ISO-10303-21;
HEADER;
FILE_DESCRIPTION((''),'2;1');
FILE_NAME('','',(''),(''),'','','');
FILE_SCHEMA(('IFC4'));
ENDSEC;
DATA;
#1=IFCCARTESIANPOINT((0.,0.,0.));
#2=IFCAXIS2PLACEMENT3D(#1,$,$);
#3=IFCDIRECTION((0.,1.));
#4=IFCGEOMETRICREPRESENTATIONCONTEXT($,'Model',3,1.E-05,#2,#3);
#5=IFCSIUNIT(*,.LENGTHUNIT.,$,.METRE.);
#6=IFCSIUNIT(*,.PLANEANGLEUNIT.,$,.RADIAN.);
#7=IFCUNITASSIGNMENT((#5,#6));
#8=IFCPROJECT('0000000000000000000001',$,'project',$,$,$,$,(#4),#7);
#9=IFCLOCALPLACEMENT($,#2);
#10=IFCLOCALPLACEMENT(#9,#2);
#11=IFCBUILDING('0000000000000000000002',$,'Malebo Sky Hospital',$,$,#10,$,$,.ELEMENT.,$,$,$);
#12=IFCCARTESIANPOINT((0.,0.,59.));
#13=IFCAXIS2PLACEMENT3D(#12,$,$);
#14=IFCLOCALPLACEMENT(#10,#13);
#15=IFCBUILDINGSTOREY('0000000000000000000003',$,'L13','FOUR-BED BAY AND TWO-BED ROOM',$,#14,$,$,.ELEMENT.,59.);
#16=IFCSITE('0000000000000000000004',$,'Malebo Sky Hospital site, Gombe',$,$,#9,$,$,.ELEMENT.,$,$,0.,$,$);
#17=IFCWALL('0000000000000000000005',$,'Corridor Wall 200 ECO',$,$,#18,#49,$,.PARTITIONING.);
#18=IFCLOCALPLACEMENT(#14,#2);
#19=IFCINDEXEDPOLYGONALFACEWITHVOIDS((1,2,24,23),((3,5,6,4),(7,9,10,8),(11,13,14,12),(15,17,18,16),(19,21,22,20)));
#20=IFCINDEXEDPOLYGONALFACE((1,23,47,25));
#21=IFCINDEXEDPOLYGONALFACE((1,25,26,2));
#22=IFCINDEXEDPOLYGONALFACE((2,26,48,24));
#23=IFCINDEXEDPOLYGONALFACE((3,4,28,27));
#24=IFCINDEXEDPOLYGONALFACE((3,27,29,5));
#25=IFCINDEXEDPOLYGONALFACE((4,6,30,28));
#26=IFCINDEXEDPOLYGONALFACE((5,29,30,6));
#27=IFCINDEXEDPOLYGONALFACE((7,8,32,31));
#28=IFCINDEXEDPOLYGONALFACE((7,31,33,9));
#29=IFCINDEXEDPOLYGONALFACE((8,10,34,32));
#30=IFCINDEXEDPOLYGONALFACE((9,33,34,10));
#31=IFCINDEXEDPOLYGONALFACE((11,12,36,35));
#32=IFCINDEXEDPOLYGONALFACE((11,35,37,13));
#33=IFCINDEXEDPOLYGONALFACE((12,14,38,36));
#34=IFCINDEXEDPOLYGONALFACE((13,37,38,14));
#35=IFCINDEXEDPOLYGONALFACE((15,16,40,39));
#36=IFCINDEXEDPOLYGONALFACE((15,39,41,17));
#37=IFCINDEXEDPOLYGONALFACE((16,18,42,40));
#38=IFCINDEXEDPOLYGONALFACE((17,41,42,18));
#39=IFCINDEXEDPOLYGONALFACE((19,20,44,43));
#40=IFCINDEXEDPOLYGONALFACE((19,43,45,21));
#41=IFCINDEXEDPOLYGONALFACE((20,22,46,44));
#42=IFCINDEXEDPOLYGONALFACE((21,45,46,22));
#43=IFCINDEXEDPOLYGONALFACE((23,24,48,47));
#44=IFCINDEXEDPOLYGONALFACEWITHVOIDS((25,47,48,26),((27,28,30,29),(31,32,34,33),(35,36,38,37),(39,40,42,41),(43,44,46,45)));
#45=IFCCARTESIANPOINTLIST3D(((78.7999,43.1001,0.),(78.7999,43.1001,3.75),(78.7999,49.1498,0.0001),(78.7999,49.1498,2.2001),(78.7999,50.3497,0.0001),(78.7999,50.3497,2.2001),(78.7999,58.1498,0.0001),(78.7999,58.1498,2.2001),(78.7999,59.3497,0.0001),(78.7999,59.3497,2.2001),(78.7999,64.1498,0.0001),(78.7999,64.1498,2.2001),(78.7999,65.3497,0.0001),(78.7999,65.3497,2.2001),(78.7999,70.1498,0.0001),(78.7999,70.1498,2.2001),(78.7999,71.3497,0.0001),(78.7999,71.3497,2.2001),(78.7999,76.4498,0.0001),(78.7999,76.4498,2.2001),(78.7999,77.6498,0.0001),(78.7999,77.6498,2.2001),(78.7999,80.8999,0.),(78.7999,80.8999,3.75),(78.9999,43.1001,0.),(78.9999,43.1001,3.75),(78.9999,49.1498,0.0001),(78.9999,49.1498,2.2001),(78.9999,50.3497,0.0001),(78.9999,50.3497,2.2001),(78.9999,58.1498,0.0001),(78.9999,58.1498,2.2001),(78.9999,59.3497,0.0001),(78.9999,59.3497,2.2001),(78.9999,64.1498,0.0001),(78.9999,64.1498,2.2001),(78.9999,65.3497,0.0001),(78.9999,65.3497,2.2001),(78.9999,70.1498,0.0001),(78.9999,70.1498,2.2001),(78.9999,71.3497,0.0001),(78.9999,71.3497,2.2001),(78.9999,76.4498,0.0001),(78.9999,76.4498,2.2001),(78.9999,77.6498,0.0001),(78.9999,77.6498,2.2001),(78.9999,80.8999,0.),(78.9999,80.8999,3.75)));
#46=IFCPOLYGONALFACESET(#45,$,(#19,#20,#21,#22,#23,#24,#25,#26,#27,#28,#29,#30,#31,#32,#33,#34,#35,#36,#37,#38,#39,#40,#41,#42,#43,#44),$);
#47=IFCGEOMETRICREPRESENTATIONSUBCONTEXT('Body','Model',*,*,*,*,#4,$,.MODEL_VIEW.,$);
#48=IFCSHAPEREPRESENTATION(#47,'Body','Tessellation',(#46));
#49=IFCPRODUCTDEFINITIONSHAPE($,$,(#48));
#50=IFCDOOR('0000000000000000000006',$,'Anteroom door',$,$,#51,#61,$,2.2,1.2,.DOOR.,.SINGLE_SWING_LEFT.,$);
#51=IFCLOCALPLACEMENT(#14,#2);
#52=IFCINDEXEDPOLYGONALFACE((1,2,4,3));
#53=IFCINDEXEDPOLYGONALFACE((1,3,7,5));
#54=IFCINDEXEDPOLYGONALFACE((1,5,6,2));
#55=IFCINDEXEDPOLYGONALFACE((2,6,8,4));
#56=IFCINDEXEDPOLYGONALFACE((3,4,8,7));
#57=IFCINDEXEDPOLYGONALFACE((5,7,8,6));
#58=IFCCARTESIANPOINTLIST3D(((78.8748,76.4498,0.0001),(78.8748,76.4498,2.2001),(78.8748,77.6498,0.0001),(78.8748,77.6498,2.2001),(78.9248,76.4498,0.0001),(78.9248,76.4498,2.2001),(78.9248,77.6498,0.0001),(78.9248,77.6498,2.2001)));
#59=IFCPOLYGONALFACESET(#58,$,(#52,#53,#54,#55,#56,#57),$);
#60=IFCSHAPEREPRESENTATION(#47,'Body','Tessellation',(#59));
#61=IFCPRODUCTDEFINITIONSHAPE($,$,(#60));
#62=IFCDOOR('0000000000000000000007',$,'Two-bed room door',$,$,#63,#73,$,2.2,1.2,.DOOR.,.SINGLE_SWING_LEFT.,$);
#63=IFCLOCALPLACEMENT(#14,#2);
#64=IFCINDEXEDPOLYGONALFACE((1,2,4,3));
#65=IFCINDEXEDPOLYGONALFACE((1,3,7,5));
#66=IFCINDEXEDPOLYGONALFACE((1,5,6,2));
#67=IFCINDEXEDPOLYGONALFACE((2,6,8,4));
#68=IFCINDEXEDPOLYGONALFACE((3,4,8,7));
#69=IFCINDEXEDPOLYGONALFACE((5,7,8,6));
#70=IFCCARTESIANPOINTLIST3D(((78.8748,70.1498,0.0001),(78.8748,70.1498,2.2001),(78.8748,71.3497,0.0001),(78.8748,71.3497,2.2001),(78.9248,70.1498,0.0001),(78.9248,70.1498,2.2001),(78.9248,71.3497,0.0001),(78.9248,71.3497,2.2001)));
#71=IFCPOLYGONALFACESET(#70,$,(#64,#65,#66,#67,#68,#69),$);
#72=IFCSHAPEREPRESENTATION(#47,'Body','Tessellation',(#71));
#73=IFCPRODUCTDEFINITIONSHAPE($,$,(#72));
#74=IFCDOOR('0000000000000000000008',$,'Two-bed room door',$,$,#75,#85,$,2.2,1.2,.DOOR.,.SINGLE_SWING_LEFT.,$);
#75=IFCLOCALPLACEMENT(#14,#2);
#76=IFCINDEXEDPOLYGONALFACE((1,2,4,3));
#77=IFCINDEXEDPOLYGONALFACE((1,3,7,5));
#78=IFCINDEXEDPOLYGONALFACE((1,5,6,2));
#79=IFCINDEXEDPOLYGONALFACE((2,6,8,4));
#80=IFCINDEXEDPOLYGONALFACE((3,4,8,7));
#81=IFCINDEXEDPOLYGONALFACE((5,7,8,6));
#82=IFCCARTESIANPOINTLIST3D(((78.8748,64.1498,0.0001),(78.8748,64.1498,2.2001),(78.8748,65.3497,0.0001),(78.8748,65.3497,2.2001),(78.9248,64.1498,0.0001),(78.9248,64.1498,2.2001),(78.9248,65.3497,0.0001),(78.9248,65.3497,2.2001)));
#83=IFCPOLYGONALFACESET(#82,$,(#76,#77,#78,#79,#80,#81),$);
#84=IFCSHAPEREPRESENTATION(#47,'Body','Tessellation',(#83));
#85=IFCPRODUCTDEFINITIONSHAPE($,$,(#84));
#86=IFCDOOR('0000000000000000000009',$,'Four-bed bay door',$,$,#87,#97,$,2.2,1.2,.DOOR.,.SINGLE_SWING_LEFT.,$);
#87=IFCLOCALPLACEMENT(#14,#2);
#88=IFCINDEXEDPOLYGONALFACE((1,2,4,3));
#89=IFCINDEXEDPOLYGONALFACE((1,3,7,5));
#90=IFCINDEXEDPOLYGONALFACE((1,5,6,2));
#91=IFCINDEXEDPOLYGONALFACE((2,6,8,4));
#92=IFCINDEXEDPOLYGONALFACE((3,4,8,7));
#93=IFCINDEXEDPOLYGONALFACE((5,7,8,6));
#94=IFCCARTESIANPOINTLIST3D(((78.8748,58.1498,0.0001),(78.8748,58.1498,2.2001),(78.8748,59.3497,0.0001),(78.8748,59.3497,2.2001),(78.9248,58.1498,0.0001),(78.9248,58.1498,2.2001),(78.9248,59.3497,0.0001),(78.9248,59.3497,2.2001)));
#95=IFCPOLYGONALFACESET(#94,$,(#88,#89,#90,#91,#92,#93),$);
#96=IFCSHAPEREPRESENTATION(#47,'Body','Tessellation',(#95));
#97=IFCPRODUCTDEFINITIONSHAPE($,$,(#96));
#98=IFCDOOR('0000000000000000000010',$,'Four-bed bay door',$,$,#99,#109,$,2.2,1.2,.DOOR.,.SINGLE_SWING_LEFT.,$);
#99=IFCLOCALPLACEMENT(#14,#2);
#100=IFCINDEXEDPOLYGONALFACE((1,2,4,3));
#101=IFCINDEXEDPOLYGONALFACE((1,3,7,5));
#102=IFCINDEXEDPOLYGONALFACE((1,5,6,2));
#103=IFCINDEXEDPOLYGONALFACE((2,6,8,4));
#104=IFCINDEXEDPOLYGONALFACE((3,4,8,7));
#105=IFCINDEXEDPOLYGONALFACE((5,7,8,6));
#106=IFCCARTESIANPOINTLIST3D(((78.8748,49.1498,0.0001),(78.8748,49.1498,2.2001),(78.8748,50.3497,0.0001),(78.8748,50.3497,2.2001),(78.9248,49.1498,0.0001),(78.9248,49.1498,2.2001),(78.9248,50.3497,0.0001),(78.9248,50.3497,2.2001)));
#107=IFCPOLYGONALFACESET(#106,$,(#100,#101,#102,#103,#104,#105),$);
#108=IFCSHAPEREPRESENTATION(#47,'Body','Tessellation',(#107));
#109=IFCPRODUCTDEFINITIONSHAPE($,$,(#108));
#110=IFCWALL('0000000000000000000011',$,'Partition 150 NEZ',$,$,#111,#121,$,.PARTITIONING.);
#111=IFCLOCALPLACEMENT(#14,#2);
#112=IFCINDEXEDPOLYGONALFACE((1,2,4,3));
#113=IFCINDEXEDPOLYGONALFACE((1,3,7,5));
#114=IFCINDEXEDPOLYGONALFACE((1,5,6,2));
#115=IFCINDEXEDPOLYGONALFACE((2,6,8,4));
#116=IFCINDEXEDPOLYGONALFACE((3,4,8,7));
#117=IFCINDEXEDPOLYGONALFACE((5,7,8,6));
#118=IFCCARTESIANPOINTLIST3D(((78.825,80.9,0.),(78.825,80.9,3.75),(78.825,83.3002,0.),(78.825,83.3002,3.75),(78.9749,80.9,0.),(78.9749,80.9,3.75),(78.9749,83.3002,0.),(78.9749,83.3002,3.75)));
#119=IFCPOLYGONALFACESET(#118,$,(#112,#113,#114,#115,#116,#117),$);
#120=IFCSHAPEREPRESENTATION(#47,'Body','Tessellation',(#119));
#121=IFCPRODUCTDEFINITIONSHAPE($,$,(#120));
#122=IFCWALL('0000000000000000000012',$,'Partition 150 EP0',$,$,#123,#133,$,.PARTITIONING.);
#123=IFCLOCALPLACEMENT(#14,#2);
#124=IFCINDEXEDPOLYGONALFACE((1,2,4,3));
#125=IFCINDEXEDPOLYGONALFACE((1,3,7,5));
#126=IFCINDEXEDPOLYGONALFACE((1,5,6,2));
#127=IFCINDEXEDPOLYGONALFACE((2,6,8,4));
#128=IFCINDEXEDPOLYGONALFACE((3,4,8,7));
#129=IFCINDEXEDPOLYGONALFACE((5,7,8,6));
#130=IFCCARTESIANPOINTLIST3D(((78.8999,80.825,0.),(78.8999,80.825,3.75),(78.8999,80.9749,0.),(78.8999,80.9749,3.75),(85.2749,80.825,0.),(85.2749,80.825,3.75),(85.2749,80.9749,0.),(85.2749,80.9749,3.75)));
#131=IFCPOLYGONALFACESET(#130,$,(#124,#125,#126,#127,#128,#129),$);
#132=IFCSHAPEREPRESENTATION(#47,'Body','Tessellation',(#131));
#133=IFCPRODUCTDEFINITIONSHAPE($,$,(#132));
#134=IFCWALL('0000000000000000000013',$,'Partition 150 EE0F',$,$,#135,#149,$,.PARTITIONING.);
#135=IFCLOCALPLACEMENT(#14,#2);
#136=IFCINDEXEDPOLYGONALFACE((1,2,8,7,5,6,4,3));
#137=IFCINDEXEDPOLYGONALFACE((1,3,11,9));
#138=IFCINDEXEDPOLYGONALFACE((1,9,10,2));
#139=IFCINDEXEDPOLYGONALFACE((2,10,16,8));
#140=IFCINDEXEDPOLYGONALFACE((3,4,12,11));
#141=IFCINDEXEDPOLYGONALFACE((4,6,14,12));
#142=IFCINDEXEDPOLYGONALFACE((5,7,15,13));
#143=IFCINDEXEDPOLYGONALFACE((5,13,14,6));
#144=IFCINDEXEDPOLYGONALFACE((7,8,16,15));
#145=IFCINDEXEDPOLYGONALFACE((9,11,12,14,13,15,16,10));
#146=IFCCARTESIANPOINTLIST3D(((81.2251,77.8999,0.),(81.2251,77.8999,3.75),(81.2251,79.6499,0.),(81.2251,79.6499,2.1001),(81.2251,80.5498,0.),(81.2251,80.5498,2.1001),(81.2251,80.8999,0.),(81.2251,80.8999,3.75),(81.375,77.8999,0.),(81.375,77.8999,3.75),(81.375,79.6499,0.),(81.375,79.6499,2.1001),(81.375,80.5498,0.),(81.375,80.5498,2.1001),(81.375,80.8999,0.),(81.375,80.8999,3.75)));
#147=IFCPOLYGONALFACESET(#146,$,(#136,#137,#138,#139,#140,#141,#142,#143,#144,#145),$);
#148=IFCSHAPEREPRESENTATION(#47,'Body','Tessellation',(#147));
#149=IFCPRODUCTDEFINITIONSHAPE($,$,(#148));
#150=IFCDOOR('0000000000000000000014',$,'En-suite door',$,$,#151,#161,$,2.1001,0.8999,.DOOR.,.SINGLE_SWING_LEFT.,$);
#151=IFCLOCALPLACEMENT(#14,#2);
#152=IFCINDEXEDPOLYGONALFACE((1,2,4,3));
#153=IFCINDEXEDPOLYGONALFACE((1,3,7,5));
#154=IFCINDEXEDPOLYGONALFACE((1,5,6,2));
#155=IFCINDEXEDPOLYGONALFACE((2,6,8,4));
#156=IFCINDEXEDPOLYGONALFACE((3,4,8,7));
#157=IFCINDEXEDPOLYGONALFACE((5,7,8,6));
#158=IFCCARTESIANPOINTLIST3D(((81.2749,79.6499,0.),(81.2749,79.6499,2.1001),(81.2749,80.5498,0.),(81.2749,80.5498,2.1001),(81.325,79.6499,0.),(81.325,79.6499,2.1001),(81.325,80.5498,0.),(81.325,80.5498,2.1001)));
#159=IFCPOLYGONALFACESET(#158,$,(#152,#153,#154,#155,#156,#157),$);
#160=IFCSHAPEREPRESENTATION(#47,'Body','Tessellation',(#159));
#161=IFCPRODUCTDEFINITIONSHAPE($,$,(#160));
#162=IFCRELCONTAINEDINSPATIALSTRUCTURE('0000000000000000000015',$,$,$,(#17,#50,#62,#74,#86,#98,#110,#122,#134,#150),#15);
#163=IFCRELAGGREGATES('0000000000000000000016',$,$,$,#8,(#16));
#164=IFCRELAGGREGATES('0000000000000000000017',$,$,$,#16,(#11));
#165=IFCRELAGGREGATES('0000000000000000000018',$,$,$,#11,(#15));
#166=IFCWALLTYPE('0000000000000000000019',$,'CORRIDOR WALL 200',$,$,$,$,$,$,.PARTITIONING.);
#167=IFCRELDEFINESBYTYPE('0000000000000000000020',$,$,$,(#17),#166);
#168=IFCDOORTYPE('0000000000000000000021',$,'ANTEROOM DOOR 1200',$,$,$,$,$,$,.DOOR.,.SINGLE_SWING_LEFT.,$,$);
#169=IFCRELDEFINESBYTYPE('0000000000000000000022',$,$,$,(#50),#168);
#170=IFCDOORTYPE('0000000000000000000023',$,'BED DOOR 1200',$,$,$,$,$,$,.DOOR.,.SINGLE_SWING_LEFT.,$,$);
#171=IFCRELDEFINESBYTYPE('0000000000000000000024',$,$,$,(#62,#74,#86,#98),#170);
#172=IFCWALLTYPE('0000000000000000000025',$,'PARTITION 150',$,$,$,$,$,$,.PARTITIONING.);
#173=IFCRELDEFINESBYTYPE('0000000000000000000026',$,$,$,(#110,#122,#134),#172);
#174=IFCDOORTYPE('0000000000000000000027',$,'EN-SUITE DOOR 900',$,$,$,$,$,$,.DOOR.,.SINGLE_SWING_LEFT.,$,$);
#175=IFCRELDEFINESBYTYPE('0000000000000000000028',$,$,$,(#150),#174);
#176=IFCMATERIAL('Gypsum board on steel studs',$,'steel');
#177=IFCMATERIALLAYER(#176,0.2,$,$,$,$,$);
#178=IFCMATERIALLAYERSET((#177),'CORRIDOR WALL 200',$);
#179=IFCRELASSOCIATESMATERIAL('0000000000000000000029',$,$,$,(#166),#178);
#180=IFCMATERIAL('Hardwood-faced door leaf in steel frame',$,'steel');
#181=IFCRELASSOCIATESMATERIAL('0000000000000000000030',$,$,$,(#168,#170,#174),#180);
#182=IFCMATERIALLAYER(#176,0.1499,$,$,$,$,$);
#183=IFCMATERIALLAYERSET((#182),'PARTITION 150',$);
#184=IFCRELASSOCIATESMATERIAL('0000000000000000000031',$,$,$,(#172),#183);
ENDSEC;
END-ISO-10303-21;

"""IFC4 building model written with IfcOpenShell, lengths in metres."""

from ifc_helpers import new_model, si_unit, direction, frame, frame_2d, origin, place, context, subcontext, project, spatial, rectangle, extrude, material, layer, layer_set, type_object, element, fill, save


model = new_model("IFC4")

# Units and contexts
model_context = context("Model", 3, precision=1e-05, world=origin(), true_north=direction((0.0, 1.0)))
body_context = subcontext(model_context, "Body", "Model", "MODEL_VIEW")
ifc_project = project(units=[si_unit("LENGTHUNIT", "METRE"), si_unit("PLANEANGLEUNIT", "RADIAN")], contexts=[model_context])

# Site, building, storey
site_placement = place(None, origin())
site = spatial("IfcSite", under=ifc_project, at=site_placement, Name="Malebo Sky Hospital site, Gombe", CompositionType="ELEMENT", RefElevation=0.0)
building_placement = place(site_placement, origin())
building = spatial("IfcBuilding", under=site, at=building_placement, Name="Malebo Sky Hospital", CompositionType="ELEMENT")
storey_placement = place(building_placement, frame((0.0, 0.0, 59.0)))
storey = spatial("IfcBuildingStorey", under=building, at=storey_placement, Name="L13", Description="FOUR-BED BAY AND TWO-BED ROOM", CompositionType="ELEMENT", Elevation=59.0)

# Wall, openings, doors
ifc_material_1 = material(Name="Gypsum board on steel studs", Category="steel")
ifc_layer_1 = layer(ifc_material_1, 0.2)
ifc_layer_set_1 = layer_set([ifc_layer_1], Name="CORRIDOR WALL 200")
wall_type_1 = type_object("IfcWallType", Name="CORRIDOR WALL 200", PredefinedType="PARTITIONING", material=ifc_layer_set_1)
wall_1_placement = place(storey_placement, frame((78.8999, 80.8999, 0.0), z_axis=(0.0, 0.0, 1.0), x_axis=(0.0, -1.0, 0.0)))
wall_1 = element("IfcWall", 1, at=wall_1_placement, inside=storey, type_object=wall_type_1, Name="Corridor Wall 200 ECO", PredefinedType="PARTITIONING", context=body_context, shape_type="SweptSolid", body=[
    extrude(rectangle(XDim=37.7998, YDim=0.2, at=frame_2d((18.8999, 0.0))), origin(), (0.0, 0.0, 1.0), 3.75),
])
opening_1_placement = place(wall_1_placement, frame((3.25, 0.0, 0.0)))
opening_1 = element("IfcOpeningElement", 2, at=opening_1_placement, cuts=wall_1, PredefinedType="OPENING", context=body_context, shape_type="SweptSolid", body=[
    extrude(rectangle(XDim=1.2, YDim=2.2, at=frame_2d((0.6001, 1.1001))), frame((0.0, 0.1099, 0.0), z_axis=(0.0, -1.0, 0.0), x_axis=(1.0, 0.0, 0.0)), (0.0, 0.0, 1.0), 0.22),
])
opening_2_placement = place(wall_1_placement, frame((9.55, 0.0, 0.0)))
opening_2 = element("IfcOpeningElement", 3, at=opening_2_placement, cuts=wall_1, PredefinedType="OPENING", context=body_context, shape_type="SweptSolid", body=[
    extrude(rectangle(XDim=1.2, YDim=2.2, at=frame_2d((0.6001, 1.1001))), frame((0.0, 0.1099, 0.0), z_axis=(0.0, -1.0, 0.0), x_axis=(1.0, 0.0, 0.0)), (0.0, 0.0, 1.0), 0.22),
])
opening_3_placement = place(wall_1_placement, frame((15.55, 0.0, 0.0)))
opening_3 = element("IfcOpeningElement", 4, at=opening_3_placement, cuts=wall_1, PredefinedType="OPENING", context=body_context, shape_type="SweptSolid", body=[
    extrude(rectangle(XDim=1.2, YDim=2.2, at=frame_2d((0.6001, 1.1001))), frame((0.0, 0.1099, 0.0), z_axis=(0.0, -1.0, 0.0), x_axis=(1.0, 0.0, 0.0)), (0.0, 0.0, 1.0), 0.22),
])
opening_4_placement = place(wall_1_placement, frame((21.55, 0.0, 0.0)))
opening_4 = element("IfcOpeningElement", 5, at=opening_4_placement, cuts=wall_1, PredefinedType="OPENING", context=body_context, shape_type="SweptSolid", body=[
    extrude(rectangle(XDim=1.2, YDim=2.2, at=frame_2d((0.6001, 1.1001))), frame((0.0, 0.1099, 0.0), z_axis=(0.0, -1.0, 0.0), x_axis=(1.0, 0.0, 0.0)), (0.0, 0.0, 1.0), 0.22),
])
opening_5_placement = place(wall_1_placement, frame((30.55, 0.0, 0.0)))
opening_5 = element("IfcOpeningElement", 6, at=opening_5_placement, cuts=wall_1, PredefinedType="OPENING", context=body_context, shape_type="SweptSolid", body=[
    extrude(rectangle(XDim=1.2, YDim=2.2, at=frame_2d((0.6001, 1.1001))), frame((0.0, 0.1099, 0.0), z_axis=(0.0, -1.0, 0.0), x_axis=(1.0, 0.0, 0.0)), (0.0, 0.0, 1.0), 0.22),
])
ifc_material_2 = material(Name="Hardwood-faced door leaf in steel frame", Category="steel")
door_type_1 = type_object("IfcDoorType", Name="ANTEROOM DOOR 1200", OperationType="SINGLE_SWING_LEFT", PredefinedType="DOOR", material=ifc_material_2)
door_1_placement = place(opening_1_placement, origin())
door_1 = element("IfcDoor", 7, at=door_1_placement, inside=storey, type_object=door_type_1, Name="Anteroom door", OperationType="SINGLE_SWING_LEFT", OverallHeight=2.2, OverallWidth=1.2, PredefinedType="DOOR", context=body_context, shape_type="SweptSolid", body=[
    extrude(rectangle(XDim=1.2, YDim=2.2, at=frame_2d((0.6001, 1.1001))), frame((0.0, 0.0249, 0.0), z_axis=(0.0, -1.0, 0.0), x_axis=(1.0, 0.0, 0.0)), (0.0, 0.0, 1.0), 0.05),
])
fill(opening_1, door_1)
door_type_2 = type_object("IfcDoorType", Name="BED DOOR 1200", OperationType="SINGLE_SWING_LEFT", PredefinedType="DOOR", material=ifc_material_2)
door_2_placement = place(opening_2_placement, origin())
door_2 = element("IfcDoor", 8, at=door_2_placement, inside=storey, type_object=door_type_2, Name="Two-bed room door", OperationType="SINGLE_SWING_LEFT", OverallHeight=2.2, OverallWidth=1.2, PredefinedType="DOOR", context=body_context, shape_type="SweptSolid", body=[
    extrude(rectangle(XDim=1.2, YDim=2.2, at=frame_2d((0.6001, 1.1001))), frame((0.0, 0.0249, 0.0), z_axis=(0.0, -1.0, 0.0), x_axis=(1.0, 0.0, 0.0)), (0.0, 0.0, 1.0), 0.05),
])
fill(opening_2, door_2)
door_3_placement = place(opening_3_placement, origin())
door_3 = element("IfcDoor", 9, at=door_3_placement, inside=storey, type_object=door_type_2, Name="Two-bed room door", OperationType="SINGLE_SWING_LEFT", OverallHeight=2.2, OverallWidth=1.2, PredefinedType="DOOR", context=body_context, shape_type="SweptSolid", body=[
    extrude(rectangle(XDim=1.2, YDim=2.2, at=frame_2d((0.6001, 1.1001))), frame((0.0, 0.0249, 0.0), z_axis=(0.0, -1.0, 0.0), x_axis=(1.0, 0.0, 0.0)), (0.0, 0.0, 1.0), 0.05),
])
fill(opening_3, door_3)
door_4_placement = place(opening_4_placement, origin())
door_4 = element("IfcDoor", 10, at=door_4_placement, inside=storey, type_object=door_type_2, Name="Four-bed bay door", OperationType="SINGLE_SWING_LEFT", OverallHeight=2.2, OverallWidth=1.2, PredefinedType="DOOR", context=body_context, shape_type="SweptSolid", body=[
    extrude(rectangle(XDim=1.2, YDim=2.2, at=frame_2d((0.6001, 1.1001))), frame((0.0, 0.0249, 0.0), z_axis=(0.0, -1.0, 0.0), x_axis=(1.0, 0.0, 0.0)), (0.0, 0.0, 1.0), 0.05),
])
fill(opening_4, door_4)
door_5_placement = place(opening_5_placement, origin())
door_5 = element("IfcDoor", 11, at=door_5_placement, inside=storey, type_object=door_type_2, Name="Four-bed bay door", OperationType="SINGLE_SWING_LEFT", OverallHeight=2.2, OverallWidth=1.2, PredefinedType="DOOR", context=body_context, shape_type="SweptSolid", body=[
    extrude(rectangle(XDim=1.2, YDim=2.2, at=frame_2d((0.6001, 1.1001))), frame((0.0, 0.0249, 0.0), z_axis=(0.0, -1.0, 0.0), x_axis=(1.0, 0.0, 0.0)), (0.0, 0.0, 1.0), 0.05),
])
fill(opening_5, door_5)

# Walls
ifc_layer_2 = layer(ifc_material_1, 0.1499)
ifc_layer_set_2 = layer_set([ifc_layer_2], Name="PARTITION 150")
wall_type_2 = type_object("IfcWallType", Name="PARTITION 150", PredefinedType="PARTITIONING", material=ifc_layer_set_2)
wall_2_placement = place(storey_placement, frame((78.8999, 80.8999, 0.0), z_axis=(0.0, 0.0, 1.0), x_axis=(0.0, 1.0, 0.0)))
element("IfcWall", 12, at=wall_2_placement, inside=storey, type_object=wall_type_2, Name="Partition 150 NEZ", PredefinedType="PARTITIONING", context=body_context, shape_type="SweptSolid", body=[
    extrude(rectangle(XDim=2.4001, YDim=0.1499, at=frame_2d((1.2002, 0.0))), origin(), (0.0, 0.0, 1.0), 3.75),
])
wall_3_placement = place(storey_placement, frame((78.8999, 80.8999, 0.0), z_axis=(0.0, 0.0, 1.0), x_axis=(1.0, 0.0, 0.0)))
element("IfcWall", 13, at=wall_3_placement, inside=storey, type_object=wall_type_2, Name="Partition 150 EP0", PredefinedType="PARTITIONING", context=body_context, shape_type="SweptSolid", body=[
    extrude(rectangle(XDim=6.375, YDim=0.1499, at=frame_2d((3.1875, 0.0))), origin(), (0.0, 0.0, 1.0), 3.75),
])

# Wall, opening, door
wall_4_placement = place(storey_placement, frame((81.3, 80.8999, 0.0), z_axis=(0.0, 0.0, 1.0), x_axis=(0.0, -1.0, 0.0)))
wall_4 = element("IfcWall", 14, at=wall_4_placement, inside=storey, type_object=wall_type_2, Name="Partition 150 EE0F", PredefinedType="PARTITIONING", context=body_context, shape_type="SweptSolid", body=[
    extrude(rectangle(XDim=3.0, YDim=0.1499, at=frame_2d((1.5, 0.0))), origin(), (0.0, 0.0, 1.0), 3.75),
])
opening_6_placement = place(wall_4_placement, frame((0.3501, 0.0, 0.0)))
opening_6 = element("IfcOpeningElement", 15, at=opening_6_placement, cuts=wall_4, PredefinedType="OPENING", context=body_context, shape_type="SweptSolid", body=[
    extrude(rectangle(XDim=0.8999, YDim=2.1001, at=frame_2d((0.45, 1.05))), frame((0.0, 0.085, 0.0), z_axis=(0.0, -1.0, 0.0), x_axis=(1.0, 0.0, 0.0)), (0.0, 0.0, 1.0), 0.1699),
])
door_type_3 = type_object("IfcDoorType", Name="EN-SUITE DOOR 900", OperationType="SINGLE_SWING_LEFT", PredefinedType="DOOR", material=ifc_material_2)
door_6_placement = place(opening_6_placement, origin())
door_6 = element("IfcDoor", 16, at=door_6_placement, inside=storey, type_object=door_type_3, Name="En-suite door", OperationType="SINGLE_SWING_LEFT", OverallHeight=2.1001, OverallWidth=0.8999, PredefinedType="DOOR", context=body_context, shape_type="SweptSolid", body=[
    extrude(rectangle(XDim=0.8999, YDim=2.1001, at=frame_2d((0.45, 1.05))), frame((0.0, 0.0249, 0.0), z_axis=(0.0, -1.0, 0.0), x_axis=(1.0, 0.0, 0.0)), (0.0, 0.0, 1.0), 0.05),
])
fill(opening_6, door_6)

save(model, "model.ifc")
